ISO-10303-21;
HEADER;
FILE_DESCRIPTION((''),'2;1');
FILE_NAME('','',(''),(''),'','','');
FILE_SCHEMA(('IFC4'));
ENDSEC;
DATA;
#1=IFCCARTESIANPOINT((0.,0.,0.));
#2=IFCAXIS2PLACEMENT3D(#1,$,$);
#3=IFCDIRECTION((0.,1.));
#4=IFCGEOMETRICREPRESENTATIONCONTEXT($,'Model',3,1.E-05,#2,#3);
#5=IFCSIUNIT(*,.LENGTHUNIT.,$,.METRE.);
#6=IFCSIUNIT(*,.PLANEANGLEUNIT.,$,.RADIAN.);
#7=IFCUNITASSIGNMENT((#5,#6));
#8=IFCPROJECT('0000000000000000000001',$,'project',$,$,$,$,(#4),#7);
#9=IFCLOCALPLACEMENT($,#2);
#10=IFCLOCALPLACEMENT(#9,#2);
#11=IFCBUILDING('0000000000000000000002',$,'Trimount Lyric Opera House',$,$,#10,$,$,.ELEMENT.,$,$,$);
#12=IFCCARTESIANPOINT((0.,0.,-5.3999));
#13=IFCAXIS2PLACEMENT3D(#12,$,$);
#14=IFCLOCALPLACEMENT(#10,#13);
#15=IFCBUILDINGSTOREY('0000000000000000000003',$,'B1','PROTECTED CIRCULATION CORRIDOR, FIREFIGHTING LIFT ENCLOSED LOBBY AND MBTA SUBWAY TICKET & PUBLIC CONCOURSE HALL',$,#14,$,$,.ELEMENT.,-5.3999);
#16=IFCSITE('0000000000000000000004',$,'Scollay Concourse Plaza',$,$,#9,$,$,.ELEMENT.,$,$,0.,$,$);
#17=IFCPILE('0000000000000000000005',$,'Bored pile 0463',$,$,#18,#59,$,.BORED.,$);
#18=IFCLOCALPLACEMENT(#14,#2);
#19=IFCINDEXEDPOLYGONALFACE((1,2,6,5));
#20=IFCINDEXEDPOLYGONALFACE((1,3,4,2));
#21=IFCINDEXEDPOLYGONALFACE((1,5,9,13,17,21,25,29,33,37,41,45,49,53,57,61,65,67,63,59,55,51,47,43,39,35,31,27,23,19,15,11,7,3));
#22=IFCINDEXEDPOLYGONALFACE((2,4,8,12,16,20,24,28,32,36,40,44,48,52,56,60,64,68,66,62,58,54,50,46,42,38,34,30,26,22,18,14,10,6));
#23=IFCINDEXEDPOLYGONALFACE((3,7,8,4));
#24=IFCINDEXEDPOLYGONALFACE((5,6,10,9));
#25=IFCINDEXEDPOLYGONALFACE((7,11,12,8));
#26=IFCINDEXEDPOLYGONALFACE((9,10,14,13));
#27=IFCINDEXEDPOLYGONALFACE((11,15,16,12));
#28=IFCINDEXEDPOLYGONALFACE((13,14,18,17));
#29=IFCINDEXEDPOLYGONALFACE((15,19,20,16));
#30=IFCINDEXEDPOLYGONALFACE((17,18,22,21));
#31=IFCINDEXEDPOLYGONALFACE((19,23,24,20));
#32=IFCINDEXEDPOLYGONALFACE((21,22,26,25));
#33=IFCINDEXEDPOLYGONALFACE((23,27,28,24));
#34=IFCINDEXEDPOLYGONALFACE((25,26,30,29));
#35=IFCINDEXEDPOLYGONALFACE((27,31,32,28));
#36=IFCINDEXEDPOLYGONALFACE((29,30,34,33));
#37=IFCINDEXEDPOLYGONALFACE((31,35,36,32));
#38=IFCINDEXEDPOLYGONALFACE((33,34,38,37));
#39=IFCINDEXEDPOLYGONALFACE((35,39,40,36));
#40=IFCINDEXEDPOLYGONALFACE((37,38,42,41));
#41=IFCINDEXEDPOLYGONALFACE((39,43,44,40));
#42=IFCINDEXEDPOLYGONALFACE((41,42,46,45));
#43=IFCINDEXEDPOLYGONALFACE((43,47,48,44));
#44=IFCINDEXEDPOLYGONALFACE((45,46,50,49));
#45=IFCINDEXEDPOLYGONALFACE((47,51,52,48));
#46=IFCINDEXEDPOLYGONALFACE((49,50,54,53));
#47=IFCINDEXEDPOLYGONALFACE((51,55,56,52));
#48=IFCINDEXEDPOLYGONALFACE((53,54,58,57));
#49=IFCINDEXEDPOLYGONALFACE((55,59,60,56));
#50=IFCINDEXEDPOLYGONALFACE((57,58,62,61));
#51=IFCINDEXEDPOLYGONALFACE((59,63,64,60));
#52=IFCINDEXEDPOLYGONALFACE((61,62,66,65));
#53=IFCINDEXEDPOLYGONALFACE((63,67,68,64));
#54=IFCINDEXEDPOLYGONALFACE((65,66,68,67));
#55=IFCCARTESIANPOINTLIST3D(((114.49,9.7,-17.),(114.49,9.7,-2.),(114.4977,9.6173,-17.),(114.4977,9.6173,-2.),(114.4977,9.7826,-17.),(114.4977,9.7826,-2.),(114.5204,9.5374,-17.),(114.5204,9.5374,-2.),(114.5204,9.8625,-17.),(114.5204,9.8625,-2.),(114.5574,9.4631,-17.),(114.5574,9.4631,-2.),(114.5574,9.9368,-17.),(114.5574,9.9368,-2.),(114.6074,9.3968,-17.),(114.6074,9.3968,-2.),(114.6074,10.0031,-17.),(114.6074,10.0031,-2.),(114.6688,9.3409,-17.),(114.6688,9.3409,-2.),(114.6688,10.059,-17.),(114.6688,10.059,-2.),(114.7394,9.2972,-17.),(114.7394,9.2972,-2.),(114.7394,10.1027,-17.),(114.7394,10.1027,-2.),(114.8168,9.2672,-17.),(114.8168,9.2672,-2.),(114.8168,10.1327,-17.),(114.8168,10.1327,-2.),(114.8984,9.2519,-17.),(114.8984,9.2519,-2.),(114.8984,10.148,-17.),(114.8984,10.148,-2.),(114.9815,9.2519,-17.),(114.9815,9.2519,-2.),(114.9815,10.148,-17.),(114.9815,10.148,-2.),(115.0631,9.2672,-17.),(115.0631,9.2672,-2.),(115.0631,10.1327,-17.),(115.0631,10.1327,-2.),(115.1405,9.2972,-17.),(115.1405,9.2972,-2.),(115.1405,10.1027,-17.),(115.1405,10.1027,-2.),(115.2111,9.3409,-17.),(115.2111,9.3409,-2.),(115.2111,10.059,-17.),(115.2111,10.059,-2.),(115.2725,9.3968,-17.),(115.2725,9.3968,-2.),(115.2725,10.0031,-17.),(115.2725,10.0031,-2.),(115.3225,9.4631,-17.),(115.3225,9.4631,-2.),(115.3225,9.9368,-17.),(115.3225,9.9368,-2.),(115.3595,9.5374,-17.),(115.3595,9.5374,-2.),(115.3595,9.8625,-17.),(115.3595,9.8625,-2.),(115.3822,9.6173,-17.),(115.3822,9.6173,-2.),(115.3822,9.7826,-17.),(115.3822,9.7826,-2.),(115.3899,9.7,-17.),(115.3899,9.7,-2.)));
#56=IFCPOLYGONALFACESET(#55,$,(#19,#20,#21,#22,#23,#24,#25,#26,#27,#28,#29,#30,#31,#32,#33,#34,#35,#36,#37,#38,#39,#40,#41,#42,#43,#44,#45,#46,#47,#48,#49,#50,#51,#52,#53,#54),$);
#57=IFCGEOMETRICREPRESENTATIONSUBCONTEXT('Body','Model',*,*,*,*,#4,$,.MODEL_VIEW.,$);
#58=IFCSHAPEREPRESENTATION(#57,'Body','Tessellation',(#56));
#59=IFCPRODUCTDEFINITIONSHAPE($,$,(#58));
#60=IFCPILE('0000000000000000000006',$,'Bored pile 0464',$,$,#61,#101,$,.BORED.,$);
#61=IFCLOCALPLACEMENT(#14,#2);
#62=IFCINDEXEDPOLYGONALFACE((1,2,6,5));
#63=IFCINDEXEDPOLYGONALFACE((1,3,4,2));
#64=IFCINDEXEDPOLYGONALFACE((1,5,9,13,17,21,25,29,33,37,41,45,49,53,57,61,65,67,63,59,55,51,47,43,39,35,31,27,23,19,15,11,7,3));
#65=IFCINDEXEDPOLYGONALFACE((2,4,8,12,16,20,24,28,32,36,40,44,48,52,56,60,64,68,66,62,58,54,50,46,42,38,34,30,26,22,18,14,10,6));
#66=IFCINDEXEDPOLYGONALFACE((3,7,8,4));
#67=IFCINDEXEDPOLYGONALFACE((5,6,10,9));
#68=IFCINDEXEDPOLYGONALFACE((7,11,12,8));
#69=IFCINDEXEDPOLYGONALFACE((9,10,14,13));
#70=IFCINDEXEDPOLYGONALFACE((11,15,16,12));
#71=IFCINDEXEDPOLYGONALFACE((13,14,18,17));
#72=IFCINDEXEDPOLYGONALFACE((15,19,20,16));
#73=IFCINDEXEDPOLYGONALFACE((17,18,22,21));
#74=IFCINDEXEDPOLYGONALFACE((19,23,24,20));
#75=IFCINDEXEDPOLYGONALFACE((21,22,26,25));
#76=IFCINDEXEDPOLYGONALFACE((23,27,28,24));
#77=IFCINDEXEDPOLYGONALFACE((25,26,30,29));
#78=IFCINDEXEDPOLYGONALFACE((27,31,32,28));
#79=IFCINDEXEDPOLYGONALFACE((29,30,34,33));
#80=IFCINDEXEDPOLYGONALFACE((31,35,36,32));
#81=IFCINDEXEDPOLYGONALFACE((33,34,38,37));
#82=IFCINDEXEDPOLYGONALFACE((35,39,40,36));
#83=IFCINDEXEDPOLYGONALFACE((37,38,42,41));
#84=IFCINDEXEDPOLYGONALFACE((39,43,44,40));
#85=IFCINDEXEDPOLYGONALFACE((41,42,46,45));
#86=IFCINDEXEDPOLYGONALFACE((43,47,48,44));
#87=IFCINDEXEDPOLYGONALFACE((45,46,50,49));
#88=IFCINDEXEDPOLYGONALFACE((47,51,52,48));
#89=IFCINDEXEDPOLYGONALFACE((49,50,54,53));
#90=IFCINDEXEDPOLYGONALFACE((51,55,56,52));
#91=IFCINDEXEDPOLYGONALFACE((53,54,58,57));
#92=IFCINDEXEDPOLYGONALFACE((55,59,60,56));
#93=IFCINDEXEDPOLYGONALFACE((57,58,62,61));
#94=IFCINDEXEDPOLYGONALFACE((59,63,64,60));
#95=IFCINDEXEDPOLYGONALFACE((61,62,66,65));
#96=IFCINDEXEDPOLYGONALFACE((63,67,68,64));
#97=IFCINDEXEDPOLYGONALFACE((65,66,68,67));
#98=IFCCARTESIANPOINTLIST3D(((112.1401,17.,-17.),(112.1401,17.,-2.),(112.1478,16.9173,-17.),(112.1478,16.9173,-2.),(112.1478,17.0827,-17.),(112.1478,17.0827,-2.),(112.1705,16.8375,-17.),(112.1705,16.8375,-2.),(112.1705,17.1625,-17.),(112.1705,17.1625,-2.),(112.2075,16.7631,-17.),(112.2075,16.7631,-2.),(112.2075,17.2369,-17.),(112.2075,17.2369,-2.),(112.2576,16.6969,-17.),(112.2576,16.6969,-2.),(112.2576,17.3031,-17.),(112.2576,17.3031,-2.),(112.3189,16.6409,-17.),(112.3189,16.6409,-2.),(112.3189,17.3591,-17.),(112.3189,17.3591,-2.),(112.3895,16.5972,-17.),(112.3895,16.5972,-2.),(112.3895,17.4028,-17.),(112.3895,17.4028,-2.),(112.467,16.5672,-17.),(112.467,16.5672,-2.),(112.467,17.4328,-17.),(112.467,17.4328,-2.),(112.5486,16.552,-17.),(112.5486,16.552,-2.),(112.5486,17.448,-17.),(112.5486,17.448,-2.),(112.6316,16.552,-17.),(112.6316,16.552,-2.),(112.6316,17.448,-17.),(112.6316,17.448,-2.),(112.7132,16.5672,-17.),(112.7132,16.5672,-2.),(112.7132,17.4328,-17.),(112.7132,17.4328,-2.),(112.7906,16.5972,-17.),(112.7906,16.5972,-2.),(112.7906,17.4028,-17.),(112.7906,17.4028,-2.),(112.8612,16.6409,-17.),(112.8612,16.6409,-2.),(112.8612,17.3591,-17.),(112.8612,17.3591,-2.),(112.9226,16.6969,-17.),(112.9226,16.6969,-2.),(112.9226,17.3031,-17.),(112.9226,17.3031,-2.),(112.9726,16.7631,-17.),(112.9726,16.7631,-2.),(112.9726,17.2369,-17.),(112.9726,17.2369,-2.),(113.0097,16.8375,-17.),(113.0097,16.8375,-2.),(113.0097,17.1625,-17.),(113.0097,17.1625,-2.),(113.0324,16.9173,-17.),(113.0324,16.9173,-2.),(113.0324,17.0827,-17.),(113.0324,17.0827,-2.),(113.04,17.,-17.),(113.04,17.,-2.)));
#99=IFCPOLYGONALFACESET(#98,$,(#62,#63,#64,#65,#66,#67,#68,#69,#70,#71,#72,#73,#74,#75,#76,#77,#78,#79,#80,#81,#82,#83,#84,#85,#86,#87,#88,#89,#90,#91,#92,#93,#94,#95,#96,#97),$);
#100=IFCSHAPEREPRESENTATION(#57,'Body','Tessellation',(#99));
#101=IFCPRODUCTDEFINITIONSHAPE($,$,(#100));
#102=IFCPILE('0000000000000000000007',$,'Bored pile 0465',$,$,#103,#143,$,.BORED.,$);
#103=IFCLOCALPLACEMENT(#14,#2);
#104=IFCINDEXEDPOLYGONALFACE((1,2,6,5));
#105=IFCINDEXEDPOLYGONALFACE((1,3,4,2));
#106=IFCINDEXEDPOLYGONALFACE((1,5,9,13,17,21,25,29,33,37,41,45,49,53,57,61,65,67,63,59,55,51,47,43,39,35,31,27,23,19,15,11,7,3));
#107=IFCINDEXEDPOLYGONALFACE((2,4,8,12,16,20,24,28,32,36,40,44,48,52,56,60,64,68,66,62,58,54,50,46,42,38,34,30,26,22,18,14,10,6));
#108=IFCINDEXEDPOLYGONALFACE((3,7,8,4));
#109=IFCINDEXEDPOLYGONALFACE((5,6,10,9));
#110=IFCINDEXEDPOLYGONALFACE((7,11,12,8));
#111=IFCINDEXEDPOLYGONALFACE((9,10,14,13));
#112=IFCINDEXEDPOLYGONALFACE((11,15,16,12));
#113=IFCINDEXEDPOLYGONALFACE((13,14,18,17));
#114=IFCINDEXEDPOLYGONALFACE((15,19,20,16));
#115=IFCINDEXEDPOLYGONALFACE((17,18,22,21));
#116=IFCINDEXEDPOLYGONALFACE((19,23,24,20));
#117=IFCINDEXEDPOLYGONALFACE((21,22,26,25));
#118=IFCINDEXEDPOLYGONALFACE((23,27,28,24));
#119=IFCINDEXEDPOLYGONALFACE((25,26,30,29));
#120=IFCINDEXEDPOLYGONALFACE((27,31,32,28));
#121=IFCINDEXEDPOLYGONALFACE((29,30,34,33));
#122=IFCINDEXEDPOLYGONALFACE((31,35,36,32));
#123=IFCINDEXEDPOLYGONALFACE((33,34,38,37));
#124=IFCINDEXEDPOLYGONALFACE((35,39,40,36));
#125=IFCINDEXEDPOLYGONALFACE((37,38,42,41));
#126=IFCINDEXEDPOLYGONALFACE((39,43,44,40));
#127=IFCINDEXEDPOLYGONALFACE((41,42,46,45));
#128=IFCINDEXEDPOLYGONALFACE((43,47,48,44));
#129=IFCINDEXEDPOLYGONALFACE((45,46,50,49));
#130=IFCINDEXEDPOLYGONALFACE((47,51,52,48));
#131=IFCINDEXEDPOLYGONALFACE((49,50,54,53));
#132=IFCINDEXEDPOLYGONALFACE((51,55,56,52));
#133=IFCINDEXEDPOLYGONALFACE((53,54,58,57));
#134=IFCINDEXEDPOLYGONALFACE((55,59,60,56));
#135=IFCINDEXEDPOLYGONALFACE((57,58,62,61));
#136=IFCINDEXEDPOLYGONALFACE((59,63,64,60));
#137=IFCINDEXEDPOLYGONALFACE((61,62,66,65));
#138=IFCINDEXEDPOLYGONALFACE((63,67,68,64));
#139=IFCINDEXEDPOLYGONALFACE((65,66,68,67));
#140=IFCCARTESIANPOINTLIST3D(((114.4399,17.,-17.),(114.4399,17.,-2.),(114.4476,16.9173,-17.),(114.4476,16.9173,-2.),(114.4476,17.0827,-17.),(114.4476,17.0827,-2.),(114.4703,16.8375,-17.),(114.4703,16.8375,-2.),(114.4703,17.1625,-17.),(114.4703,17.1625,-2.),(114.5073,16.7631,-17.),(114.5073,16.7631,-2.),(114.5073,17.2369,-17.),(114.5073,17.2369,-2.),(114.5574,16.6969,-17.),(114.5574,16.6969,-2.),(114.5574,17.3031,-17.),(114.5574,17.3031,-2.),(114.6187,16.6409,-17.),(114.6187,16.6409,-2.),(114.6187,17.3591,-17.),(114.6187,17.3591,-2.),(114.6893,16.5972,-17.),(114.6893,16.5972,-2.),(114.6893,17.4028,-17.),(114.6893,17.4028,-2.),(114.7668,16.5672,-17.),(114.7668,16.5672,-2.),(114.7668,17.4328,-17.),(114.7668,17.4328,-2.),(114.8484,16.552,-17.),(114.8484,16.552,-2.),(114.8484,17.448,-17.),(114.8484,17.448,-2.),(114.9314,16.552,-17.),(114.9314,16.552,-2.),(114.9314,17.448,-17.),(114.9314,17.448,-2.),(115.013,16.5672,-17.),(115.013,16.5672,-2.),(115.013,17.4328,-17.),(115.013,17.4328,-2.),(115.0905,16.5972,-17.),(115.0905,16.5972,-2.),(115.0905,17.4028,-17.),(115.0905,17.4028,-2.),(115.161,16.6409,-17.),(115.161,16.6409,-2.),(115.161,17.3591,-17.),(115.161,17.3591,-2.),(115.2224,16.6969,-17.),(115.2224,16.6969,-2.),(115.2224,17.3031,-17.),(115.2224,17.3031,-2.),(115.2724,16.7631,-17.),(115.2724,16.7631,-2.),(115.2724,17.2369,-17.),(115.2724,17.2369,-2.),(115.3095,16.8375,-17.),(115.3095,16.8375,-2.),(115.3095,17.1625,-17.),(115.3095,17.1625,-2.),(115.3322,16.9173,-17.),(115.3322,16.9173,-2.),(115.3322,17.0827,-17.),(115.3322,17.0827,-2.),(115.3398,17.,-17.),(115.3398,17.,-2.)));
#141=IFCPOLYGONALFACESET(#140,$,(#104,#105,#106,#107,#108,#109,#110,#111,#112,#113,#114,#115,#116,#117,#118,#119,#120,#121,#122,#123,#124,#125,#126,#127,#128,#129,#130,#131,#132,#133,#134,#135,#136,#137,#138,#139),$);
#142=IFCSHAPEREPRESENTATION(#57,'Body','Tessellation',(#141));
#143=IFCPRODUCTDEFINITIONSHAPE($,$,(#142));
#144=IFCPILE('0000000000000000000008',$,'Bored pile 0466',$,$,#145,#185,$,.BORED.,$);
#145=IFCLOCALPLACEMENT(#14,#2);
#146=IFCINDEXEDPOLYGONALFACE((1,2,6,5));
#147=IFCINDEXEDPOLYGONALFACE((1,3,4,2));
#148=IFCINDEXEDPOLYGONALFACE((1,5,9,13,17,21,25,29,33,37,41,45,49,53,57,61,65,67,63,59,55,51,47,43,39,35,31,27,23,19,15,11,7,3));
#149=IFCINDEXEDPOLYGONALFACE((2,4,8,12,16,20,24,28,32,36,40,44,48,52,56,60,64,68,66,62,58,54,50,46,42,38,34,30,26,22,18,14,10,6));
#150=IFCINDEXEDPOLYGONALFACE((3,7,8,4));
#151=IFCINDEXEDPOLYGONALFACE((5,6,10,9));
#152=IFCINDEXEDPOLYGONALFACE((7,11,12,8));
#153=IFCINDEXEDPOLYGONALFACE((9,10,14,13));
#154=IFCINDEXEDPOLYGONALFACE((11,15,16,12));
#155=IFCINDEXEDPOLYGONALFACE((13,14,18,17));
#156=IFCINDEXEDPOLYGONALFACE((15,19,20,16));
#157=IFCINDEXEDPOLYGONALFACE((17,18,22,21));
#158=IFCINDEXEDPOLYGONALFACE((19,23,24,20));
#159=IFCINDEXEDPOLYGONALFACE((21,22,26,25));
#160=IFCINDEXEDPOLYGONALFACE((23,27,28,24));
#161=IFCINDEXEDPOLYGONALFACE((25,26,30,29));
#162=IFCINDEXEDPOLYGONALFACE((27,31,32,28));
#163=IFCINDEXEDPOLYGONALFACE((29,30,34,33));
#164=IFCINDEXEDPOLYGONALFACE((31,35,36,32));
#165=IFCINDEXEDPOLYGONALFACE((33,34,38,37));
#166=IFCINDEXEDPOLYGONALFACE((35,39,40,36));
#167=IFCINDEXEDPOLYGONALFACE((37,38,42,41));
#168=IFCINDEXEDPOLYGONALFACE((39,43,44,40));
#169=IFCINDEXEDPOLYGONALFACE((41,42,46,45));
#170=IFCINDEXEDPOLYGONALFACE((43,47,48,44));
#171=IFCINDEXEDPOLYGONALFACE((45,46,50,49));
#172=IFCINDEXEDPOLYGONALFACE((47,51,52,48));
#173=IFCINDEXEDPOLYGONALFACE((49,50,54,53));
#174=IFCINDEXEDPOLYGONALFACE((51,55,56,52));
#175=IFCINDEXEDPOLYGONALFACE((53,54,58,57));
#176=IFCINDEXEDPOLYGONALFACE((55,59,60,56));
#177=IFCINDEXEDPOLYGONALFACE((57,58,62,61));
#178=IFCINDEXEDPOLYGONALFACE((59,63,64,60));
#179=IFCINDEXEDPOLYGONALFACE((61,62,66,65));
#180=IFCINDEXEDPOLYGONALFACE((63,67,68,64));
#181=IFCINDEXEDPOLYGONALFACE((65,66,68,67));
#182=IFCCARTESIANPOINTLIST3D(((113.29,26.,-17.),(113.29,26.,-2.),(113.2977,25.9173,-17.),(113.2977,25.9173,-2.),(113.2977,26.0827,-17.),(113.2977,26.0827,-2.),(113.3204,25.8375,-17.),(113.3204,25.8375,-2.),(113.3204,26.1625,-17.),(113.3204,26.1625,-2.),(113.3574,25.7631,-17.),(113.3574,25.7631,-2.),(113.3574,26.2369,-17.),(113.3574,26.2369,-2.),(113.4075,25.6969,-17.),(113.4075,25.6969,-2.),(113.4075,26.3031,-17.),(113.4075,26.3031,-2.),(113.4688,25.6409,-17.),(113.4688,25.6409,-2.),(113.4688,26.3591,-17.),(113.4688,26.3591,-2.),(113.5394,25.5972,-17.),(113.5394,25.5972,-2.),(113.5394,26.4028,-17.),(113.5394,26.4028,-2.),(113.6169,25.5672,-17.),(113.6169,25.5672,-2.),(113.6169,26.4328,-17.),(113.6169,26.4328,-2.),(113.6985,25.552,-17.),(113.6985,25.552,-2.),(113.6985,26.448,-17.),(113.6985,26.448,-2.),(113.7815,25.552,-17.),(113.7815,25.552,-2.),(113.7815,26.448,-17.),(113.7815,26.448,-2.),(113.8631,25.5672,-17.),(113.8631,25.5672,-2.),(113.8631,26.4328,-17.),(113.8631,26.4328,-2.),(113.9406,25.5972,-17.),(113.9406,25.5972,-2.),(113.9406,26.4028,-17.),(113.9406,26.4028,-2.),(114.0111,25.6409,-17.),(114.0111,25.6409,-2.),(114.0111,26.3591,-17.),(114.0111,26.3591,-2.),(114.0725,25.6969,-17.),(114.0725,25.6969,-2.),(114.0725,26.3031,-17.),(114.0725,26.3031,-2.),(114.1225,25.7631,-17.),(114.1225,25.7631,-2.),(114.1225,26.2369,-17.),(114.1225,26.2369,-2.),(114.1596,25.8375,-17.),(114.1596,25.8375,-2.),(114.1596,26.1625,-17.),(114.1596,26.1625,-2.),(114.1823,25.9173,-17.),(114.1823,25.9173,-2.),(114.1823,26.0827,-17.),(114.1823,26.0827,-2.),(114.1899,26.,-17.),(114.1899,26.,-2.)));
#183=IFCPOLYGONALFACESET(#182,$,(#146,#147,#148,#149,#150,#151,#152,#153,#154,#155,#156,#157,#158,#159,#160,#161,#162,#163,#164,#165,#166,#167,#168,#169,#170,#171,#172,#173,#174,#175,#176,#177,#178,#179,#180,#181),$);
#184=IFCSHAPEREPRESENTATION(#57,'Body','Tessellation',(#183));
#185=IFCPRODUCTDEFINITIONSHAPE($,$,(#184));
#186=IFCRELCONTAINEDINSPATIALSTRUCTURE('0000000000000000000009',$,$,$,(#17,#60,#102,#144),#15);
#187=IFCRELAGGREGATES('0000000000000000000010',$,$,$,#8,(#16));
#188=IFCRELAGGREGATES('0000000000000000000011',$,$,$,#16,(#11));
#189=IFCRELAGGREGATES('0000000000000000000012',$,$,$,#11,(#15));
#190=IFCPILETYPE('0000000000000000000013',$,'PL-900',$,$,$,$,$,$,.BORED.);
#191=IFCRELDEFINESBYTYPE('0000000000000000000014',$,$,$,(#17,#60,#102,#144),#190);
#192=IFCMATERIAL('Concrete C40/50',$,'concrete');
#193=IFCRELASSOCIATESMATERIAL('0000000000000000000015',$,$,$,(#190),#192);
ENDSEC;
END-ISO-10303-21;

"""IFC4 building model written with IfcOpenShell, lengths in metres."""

from ifc_helpers import new_model, si_unit, direction, frame, origin, origin_2d, place, context, subcontext, project, spatial, circle, extrude, material, material_profile, profile_set, type_object, element, save


model = new_model("IFC4")

# Units and contexts
model_context = context("Model", 3, precision=1e-05, world=origin(), true_north=direction((0.0, 1.0)))
body_context = subcontext(model_context, "Body", "Model", "MODEL_VIEW")
ifc_project = project(units=[si_unit("LENGTHUNIT", "METRE"), si_unit("PLANEANGLEUNIT", "RADIAN")], contexts=[model_context])

# Site, building, storey
site_placement = place(None, origin())
site = spatial("IfcSite", under=ifc_project, at=site_placement, Name="Scollay Concourse Plaza", CompositionType="ELEMENT", RefElevation=0.0)
building_placement = place(site_placement, origin())
building = spatial("IfcBuilding", under=site, at=building_placement, Name="Trimount Lyric Opera House", CompositionType="ELEMENT")
storey_placement = place(building_placement, frame((0.0, 0.0, -5.3999)))
storey = spatial("IfcBuildingStorey", under=building, at=storey_placement, Name="B1", Description="PROTECTED CIRCULATION CORRIDOR, FIREFIGHTING LIFT ENCLOSED LOBBY AND MBTA SUBWAY TICKET & PUBLIC CONCOURSE HALL", CompositionType="ELEMENT", Elevation=-5.3999)

# Piles
ifc_material_1 = material(Name="Concrete C40/50", Category="concrete")
ifc_material_profile_1 = material_profile(ifc_material_1, circle(Radius=0.45, at=origin_2d()), Name="PILE-D900")
ifc_profile_set_1 = profile_set([ifc_material_profile_1], Name="Concrete C40/50")
pile_type_1 = type_object("IfcPileType", Name="PL-900", PredefinedType="BORED", material=ifc_profile_set_1)
for number, where, z_axis, x_axis, name in (
    (1, (114.9399, 9.7, -2.0), (0.0, 0.0, -1.0), (1.0, 0.0, 0.0), "Bored pile 0463"),
    (2, (112.5901, 17.0, -2.0), (0.0, 0.0, -1.0), (1.0, 0.0, 0.0), "Bored pile 0464"),
    (3, (114.8899, 17.0, -2.0), (0.0, 0.0, -1.0), (1.0, 0.0, 0.0), "Bored pile 0465"),
    (4, (113.74, 26.0, -2.0), (0.0, 0.0, -1.0), (1.0, 0.0, 0.0), "Bored pile 0466"),
):
    element("IfcPile", number, at=place(storey_placement, frame(where, z_axis=z_axis, x_axis=x_axis)), inside=storey, type_object=pile_type_1, Name=name, PredefinedType="BORED", context=body_context, shape_type="SweptSolid", body=[
        extrude(circle(Radius=0.45, at=origin_2d()), origin(), (0.0, 0.0, 1.0), 15.0),
    ])

save(model, "model.ifc")
